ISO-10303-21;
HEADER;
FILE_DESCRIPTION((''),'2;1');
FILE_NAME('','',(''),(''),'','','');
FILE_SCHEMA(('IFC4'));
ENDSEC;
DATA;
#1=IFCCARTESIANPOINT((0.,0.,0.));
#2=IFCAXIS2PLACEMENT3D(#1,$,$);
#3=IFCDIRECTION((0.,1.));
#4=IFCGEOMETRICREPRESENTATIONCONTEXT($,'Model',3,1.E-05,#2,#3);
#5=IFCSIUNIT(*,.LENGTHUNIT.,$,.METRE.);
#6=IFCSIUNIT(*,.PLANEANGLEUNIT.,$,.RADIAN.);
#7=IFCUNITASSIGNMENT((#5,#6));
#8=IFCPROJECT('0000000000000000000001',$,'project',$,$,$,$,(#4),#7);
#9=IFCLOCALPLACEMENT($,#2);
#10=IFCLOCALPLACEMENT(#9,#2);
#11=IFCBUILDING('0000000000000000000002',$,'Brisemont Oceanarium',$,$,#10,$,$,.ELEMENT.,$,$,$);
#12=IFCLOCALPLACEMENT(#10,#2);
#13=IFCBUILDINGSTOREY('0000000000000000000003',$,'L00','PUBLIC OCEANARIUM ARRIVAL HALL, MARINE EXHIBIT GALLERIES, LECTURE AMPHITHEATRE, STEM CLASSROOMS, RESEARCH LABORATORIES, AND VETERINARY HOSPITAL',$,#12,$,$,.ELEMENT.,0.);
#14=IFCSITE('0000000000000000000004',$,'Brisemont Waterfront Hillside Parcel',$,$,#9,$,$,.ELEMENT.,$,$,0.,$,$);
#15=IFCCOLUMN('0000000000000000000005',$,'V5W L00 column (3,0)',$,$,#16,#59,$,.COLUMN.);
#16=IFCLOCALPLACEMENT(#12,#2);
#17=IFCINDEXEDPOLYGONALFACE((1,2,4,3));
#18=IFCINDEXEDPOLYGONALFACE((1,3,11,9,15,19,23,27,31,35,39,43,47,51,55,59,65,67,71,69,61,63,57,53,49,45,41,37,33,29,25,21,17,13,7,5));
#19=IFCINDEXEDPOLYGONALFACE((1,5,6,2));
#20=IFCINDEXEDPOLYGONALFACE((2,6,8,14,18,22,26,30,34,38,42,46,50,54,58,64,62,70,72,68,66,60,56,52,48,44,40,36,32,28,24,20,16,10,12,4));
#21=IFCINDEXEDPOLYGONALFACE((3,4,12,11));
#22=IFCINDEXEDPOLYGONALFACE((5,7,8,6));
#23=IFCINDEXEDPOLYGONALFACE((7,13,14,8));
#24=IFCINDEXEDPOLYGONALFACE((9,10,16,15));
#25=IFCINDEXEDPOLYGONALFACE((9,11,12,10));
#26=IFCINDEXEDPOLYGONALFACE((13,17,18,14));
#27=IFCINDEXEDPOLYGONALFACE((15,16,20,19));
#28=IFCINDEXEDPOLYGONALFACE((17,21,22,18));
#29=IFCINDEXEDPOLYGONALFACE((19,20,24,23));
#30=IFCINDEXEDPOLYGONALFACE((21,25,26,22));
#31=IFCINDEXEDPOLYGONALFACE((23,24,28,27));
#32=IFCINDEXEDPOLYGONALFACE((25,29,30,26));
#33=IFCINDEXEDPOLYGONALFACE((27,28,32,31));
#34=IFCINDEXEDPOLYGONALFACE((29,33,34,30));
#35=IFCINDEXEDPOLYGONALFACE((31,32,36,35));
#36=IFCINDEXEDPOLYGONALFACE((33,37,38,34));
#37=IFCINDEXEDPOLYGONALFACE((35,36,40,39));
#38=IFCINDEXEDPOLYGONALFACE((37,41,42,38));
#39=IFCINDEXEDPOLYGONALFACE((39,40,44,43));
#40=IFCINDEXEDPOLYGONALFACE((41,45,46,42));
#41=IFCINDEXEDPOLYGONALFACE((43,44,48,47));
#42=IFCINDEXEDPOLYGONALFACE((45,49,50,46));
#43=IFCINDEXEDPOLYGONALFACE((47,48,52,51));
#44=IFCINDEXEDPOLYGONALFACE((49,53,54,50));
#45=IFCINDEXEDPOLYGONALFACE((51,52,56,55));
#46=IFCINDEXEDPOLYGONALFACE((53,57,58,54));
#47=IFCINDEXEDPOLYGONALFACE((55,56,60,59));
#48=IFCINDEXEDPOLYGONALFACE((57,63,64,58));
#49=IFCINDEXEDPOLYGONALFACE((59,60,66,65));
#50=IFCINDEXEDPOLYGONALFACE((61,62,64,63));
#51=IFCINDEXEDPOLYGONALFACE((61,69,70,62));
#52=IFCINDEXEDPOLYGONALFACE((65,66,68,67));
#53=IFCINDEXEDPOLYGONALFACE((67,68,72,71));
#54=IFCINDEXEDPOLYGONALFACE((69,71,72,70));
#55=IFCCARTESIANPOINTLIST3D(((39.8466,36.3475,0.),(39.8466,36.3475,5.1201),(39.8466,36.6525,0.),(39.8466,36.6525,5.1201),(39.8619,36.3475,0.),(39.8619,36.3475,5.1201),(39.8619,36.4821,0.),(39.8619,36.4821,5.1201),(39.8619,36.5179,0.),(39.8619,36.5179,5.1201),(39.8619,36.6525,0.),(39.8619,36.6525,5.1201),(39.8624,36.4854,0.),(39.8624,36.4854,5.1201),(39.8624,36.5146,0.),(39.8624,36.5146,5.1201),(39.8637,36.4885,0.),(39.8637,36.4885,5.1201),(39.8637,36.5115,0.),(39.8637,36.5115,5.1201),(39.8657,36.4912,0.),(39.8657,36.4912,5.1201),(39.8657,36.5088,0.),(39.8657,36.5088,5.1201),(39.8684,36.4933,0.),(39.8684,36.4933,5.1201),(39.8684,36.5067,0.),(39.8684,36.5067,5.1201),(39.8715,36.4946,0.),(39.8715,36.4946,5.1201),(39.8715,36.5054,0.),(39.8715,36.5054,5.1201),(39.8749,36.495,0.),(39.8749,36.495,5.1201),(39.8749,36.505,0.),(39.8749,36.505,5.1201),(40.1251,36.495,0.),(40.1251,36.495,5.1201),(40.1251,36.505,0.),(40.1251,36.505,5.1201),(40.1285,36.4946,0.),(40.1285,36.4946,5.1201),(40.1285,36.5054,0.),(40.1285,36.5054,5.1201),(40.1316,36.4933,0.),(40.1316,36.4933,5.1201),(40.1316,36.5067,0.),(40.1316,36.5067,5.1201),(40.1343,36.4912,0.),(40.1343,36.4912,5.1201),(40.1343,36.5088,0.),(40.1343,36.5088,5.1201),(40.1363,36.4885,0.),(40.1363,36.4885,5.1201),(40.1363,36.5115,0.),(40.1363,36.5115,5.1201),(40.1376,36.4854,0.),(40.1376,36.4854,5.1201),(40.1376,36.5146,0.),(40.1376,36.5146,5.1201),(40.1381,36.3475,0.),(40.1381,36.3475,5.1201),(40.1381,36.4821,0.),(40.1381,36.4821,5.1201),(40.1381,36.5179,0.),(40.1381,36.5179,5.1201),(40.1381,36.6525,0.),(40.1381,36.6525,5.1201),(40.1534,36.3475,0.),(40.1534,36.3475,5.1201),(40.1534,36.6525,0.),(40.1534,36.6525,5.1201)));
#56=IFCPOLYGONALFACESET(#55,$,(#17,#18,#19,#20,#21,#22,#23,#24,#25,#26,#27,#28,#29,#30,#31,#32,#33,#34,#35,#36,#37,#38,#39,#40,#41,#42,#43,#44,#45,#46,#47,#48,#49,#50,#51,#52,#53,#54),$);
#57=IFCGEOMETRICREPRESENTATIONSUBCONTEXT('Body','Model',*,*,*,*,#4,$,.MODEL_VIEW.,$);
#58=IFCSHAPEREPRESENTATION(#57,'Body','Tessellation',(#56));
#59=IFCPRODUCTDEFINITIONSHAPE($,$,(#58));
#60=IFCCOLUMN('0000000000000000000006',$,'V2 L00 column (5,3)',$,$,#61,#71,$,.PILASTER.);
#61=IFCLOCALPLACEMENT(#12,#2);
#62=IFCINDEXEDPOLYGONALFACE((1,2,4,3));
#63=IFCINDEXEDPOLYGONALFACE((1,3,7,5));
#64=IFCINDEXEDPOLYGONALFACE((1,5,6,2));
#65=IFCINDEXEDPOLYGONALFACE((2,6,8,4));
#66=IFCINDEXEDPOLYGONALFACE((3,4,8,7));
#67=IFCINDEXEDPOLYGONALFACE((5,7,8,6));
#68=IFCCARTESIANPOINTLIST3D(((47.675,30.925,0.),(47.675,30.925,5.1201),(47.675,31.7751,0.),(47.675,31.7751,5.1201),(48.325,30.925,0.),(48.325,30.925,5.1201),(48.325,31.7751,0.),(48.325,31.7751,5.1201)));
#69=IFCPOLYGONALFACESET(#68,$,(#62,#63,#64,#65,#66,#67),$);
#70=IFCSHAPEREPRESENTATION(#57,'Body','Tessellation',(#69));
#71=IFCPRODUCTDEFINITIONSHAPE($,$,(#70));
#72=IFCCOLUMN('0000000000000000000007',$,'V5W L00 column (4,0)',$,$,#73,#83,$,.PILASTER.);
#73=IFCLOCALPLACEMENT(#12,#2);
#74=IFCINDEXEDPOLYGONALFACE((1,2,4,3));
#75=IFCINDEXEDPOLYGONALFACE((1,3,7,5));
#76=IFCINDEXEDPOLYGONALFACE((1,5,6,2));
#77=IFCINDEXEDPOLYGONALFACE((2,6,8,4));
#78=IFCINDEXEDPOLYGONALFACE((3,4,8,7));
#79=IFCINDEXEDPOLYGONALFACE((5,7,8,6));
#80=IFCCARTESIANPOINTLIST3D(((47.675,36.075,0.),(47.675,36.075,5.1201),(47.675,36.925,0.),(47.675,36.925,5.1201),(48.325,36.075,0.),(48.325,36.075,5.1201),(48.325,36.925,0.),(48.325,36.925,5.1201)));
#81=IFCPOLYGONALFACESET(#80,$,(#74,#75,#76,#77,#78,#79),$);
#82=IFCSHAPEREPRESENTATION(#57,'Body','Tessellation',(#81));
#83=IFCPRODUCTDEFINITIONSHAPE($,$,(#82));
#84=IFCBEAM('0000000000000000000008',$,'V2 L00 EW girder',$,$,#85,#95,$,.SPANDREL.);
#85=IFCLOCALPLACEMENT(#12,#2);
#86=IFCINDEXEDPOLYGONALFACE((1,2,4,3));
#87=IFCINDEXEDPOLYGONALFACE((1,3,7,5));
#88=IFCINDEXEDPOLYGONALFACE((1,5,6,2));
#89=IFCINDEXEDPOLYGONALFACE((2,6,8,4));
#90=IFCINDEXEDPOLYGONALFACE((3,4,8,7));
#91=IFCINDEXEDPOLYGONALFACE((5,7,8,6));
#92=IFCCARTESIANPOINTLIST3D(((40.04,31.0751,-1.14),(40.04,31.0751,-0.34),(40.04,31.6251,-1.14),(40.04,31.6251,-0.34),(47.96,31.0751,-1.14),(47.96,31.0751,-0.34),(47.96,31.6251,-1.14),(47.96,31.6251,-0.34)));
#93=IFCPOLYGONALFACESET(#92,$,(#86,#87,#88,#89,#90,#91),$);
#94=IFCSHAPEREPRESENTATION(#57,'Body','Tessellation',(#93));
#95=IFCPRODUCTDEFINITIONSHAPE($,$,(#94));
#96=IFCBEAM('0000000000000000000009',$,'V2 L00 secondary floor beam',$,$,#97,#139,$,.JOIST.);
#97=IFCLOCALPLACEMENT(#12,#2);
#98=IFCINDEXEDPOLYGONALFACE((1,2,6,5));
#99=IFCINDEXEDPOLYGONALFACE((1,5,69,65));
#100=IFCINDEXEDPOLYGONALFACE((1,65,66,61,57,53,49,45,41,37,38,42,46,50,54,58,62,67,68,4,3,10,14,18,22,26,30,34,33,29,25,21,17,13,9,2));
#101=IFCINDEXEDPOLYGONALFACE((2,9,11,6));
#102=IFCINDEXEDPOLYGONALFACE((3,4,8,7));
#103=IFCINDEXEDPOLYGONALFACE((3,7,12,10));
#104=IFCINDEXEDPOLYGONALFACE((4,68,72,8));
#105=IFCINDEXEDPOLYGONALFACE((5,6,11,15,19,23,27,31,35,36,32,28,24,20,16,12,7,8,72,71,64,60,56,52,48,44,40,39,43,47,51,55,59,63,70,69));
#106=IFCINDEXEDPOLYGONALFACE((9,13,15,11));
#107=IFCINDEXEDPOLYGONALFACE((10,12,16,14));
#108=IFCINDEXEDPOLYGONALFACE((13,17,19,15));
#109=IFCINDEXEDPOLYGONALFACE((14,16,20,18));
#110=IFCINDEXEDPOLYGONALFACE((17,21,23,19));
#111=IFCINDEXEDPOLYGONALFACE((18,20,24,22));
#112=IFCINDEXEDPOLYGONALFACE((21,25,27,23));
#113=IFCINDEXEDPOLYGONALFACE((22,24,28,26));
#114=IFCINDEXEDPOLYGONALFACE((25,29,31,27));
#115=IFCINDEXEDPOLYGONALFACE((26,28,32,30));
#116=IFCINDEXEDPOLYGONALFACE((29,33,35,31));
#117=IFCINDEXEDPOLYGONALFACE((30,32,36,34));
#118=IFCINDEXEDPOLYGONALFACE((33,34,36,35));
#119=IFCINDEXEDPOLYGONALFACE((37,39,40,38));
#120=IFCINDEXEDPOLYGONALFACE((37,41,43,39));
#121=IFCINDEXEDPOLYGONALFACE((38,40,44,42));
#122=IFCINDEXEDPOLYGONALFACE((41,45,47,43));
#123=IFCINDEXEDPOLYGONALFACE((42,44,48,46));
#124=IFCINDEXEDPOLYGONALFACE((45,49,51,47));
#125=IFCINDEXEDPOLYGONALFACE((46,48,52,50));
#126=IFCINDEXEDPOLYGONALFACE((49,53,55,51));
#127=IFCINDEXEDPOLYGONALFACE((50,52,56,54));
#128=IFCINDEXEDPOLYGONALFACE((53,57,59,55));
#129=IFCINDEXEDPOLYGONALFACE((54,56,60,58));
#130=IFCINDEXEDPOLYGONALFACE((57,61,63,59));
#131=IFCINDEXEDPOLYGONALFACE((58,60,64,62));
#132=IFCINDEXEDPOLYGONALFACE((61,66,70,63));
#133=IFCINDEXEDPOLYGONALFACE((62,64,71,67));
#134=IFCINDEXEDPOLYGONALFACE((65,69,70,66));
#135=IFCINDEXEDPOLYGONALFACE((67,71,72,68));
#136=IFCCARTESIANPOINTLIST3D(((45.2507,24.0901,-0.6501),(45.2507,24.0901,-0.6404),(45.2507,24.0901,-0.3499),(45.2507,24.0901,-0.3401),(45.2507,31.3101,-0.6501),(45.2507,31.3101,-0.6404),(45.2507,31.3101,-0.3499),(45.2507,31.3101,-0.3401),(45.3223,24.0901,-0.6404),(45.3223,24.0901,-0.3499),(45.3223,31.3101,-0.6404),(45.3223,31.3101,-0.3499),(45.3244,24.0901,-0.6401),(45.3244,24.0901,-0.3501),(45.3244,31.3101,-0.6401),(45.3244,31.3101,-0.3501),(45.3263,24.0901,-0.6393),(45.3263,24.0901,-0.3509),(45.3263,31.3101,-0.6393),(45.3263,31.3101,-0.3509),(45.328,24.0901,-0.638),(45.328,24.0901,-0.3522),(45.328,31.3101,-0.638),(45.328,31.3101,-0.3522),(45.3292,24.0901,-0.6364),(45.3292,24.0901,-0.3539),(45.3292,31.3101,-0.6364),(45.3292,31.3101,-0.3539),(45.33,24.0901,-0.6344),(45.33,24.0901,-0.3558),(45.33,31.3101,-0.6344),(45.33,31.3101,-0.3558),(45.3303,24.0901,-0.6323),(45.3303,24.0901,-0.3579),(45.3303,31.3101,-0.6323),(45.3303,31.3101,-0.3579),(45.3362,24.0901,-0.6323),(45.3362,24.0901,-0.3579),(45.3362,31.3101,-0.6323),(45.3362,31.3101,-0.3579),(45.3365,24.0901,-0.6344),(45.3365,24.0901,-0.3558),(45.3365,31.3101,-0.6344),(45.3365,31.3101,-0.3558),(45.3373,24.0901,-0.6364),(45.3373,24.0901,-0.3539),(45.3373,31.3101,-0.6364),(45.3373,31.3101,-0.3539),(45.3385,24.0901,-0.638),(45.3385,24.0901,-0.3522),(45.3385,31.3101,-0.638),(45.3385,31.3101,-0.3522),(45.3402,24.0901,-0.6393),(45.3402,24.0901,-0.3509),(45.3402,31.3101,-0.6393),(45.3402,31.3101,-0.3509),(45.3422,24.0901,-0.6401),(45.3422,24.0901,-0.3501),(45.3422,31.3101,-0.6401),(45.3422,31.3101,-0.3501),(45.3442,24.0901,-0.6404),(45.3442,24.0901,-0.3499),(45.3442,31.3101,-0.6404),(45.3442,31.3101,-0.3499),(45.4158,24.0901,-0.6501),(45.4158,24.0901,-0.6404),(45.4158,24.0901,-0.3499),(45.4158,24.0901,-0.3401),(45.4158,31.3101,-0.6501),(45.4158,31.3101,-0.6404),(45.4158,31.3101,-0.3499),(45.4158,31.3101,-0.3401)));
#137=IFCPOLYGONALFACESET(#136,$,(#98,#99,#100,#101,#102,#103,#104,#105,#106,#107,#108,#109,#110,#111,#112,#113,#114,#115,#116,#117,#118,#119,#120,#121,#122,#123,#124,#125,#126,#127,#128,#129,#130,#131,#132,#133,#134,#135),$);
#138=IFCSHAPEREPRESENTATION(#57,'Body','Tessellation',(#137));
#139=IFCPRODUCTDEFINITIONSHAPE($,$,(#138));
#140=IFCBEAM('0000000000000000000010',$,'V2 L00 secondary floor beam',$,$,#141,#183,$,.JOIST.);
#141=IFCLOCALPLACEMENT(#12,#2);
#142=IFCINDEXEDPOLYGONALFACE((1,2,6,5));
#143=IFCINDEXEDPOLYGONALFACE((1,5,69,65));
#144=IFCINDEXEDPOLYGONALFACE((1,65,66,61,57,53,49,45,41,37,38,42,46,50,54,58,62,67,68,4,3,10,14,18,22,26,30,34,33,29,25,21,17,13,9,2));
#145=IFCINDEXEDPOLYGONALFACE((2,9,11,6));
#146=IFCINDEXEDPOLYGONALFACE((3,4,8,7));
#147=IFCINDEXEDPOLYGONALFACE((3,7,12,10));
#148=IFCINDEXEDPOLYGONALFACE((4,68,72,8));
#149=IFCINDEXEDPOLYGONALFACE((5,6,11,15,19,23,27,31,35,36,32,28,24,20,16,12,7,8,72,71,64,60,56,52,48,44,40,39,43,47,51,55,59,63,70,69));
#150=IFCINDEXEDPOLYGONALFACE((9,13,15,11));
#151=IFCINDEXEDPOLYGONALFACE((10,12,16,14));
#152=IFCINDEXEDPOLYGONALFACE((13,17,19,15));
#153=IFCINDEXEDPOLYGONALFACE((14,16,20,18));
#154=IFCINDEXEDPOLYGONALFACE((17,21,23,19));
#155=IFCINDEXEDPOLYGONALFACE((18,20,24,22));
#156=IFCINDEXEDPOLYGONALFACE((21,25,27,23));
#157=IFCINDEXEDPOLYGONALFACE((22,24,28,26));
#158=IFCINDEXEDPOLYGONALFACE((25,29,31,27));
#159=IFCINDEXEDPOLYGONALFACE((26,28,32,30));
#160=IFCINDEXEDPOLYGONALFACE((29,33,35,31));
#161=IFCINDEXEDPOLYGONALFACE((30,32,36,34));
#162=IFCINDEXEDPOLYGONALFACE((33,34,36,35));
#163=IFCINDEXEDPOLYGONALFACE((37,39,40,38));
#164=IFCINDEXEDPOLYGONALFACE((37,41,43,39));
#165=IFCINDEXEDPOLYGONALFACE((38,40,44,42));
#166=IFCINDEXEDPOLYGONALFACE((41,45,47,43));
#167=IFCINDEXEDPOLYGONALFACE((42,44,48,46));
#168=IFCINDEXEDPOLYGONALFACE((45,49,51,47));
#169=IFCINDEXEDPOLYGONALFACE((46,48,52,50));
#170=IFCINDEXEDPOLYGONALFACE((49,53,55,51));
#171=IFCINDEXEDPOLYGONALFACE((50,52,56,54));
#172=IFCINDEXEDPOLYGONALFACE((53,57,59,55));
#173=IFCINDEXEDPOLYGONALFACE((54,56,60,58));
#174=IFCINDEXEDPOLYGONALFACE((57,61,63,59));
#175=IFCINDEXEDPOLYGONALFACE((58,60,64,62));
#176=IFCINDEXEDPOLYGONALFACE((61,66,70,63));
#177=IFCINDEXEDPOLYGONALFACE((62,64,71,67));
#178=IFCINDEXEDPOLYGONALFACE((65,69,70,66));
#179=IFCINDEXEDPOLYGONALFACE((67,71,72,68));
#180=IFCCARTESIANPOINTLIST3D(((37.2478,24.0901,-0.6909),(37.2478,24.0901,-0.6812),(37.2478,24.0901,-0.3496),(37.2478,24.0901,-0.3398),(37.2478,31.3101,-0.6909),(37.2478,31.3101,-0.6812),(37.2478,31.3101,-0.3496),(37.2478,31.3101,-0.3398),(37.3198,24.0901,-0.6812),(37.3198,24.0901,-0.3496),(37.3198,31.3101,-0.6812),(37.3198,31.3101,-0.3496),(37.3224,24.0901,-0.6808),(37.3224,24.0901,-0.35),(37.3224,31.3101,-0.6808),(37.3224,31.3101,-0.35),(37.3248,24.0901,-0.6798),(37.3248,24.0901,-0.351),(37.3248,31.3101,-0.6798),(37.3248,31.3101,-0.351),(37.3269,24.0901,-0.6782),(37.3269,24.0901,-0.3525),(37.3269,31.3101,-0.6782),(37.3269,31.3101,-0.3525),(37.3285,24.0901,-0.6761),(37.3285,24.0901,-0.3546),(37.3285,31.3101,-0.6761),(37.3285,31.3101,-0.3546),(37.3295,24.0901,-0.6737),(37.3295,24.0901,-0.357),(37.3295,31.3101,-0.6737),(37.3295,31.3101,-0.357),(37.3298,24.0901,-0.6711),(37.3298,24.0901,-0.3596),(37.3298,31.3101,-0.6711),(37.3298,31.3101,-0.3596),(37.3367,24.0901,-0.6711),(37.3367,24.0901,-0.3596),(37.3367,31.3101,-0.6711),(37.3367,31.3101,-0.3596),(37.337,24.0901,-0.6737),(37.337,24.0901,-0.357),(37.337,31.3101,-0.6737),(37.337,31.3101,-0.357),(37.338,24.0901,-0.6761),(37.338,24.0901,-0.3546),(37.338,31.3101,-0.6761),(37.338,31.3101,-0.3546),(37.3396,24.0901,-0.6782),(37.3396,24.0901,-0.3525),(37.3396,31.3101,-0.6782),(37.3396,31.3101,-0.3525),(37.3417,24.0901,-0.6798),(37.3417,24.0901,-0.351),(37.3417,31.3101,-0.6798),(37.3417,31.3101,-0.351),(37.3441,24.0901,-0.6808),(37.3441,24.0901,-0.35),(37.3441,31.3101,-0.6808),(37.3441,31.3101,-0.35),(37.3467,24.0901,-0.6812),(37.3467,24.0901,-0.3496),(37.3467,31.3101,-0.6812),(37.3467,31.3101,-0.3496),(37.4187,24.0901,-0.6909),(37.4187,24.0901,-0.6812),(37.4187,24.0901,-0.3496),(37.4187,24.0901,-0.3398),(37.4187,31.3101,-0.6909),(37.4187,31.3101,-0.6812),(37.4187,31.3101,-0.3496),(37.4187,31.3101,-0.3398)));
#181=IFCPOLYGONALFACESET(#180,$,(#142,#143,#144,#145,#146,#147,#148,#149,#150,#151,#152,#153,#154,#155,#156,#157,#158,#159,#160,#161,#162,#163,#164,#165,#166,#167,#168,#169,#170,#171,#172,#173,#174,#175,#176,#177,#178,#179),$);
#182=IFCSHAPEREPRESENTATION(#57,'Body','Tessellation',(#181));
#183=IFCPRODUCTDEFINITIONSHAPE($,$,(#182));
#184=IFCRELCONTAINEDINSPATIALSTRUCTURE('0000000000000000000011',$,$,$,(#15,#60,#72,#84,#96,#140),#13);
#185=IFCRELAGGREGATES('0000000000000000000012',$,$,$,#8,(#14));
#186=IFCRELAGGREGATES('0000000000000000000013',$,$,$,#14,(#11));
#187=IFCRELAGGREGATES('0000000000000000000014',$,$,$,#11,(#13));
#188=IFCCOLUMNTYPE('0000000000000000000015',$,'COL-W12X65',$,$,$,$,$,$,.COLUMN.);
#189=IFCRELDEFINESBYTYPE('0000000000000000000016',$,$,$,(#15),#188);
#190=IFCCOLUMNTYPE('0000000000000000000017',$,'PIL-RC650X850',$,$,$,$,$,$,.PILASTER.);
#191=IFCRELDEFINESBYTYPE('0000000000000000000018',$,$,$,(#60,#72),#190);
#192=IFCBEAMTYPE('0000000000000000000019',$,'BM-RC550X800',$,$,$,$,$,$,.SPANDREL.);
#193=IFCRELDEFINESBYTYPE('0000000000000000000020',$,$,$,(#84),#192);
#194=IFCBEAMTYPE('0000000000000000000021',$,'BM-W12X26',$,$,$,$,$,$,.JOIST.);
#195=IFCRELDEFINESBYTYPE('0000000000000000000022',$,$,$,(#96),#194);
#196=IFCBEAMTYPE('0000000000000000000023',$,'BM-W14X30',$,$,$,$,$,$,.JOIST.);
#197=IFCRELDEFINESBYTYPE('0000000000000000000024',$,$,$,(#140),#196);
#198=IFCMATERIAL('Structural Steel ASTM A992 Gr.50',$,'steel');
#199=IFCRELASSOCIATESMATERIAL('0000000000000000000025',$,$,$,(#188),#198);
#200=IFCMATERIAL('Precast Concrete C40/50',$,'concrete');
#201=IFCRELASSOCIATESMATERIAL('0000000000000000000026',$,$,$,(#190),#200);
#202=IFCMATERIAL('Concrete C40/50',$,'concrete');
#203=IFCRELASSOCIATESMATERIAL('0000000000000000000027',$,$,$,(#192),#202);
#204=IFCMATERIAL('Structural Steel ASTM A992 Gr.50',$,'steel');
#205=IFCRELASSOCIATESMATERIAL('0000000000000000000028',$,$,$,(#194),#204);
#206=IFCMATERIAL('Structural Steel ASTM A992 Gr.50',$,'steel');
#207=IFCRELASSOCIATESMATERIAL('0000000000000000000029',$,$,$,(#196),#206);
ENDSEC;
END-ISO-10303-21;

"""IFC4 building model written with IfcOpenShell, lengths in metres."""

from ifc_helpers import new_model, si_unit, direction, frame, origin, origin_2d, place, context, subcontext, project, spatial, rectangle, i_section, extrude, material, material_profile, profile_set, type_object, element, save


model = new_model("IFC4")

# Units and contexts
model_context = context("Model", 3, precision=1e-05, world=origin(), true_north=direction((0.0, 1.0)))
body_context = subcontext(model_context, "Body", "Model", "MODEL_VIEW")
ifc_project = project(units=[si_unit("LENGTHUNIT", "METRE"), si_unit("PLANEANGLEUNIT", "RADIAN")], contexts=[model_context])

# Site, building, storey
site_placement = place(None, origin())
site = spatial("IfcSite", under=ifc_project, at=site_placement, Name="Brisemont Waterfront Hillside Parcel", CompositionType="ELEMENT", RefElevation=0.0)
building_placement = place(site_placement, origin())
building = spatial("IfcBuilding", under=site, at=building_placement, Name="Brisemont Oceanarium", CompositionType="ELEMENT")
storey_placement = place(building_placement, origin())
storey = spatial("IfcBuildingStorey", under=building, at=storey_placement, Name="L00", Description="PUBLIC OCEANARIUM ARRIVAL HALL, MARINE EXHIBIT GALLERIES, LECTURE AMPHITHEATRE, STEM CLASSROOMS, RESEARCH LABORATORIES, AND VETERINARY HOSPITAL", CompositionType="ELEMENT", Elevation=0.0)

# Columns
ifc_material_1 = material(Name="Structural Steel ASTM A992 Gr.50", Category="steel")
ifc_material_profile_1 = material_profile(ifc_material_1, i_section(OverallWidth=0.3049, OverallDepth=0.3069, WebThickness=0.01, FlangeThickness=0.0154, FilletRadius=0.0129, at=origin_2d()), Name="W12X65")
ifc_profile_set_1 = profile_set([ifc_material_profile_1], Name="Structural Steel ASTM A992 Gr.50")
column_type_1 = type_object("IfcColumnType", Name="COL-W12X65", PredefinedType="COLUMN", material=ifc_profile_set_1)
column_1_placement = place(storey_placement, frame((40.0, 36.5, 0.0), z_axis=(0.0, 0.0, 1.0), x_axis=(0.0, 1.0, 0.0)))
element("IfcColumn", 1, at=column_1_placement, inside=storey, type_object=column_type_1, Name="V5W L00 column (3,0)", PredefinedType="COLUMN", context=body_context, shape_type="SweptSolid", body=[
    extrude(i_section(OverallWidth=0.3049, OverallDepth=0.3069, WebThickness=0.01, FlangeThickness=0.0154, FilletRadius=0.0129, at=origin_2d()), origin(), (0.0, 0.0, 1.0), 5.1201),
])
ifc_material_2 = material(Name="Precast Concrete C40/50", Category="concrete")
ifc_material_profile_2 = material_profile(ifc_material_2, rectangle(XDim=0.6499, YDim=0.8501, at=origin_2d()), Name="RC-PIL-650X850")
ifc_profile_set_2 = profile_set([ifc_material_profile_2], Name="Precast Concrete C40/50")
column_type_2 = type_object("IfcColumnType", Name="PIL-RC650X850", PredefinedType="PILASTER", material=ifc_profile_set_2)
for number, where, z_axis, x_axis, name in (
    (2, (48.0, 31.3501, 0.0), (0.0, 0.0, 1.0), (1.0, 0.0, 0.0), "V2 L00 column (5,3)"),
    (3, (48.0, 36.5, 0.0), (0.0, 0.0, 1.0), (1.0, 0.0, 0.0), "V5W L00 column (4,0)"),
):
    element("IfcColumn", number, at=place(storey_placement, frame(where, z_axis=z_axis, x_axis=x_axis)), inside=storey, type_object=column_type_2, Name=name, PredefinedType="PILASTER", context=body_context, shape_type="SweptSolid", body=[
        extrude(rectangle(XDim=0.6499, YDim=0.8501, at=origin_2d()), origin(), (0.0, 0.0, 1.0), 5.1201),
    ])

# Beams
ifc_material_3 = material(Name="Concrete C40/50", Category="concrete")
ifc_material_profile_3 = material_profile(ifc_material_3, rectangle(XDim=0.55, YDim=0.8, at=origin_2d()), Name="RC-BM-550X800")
ifc_profile_set_3 = profile_set([ifc_material_profile_3], Name="Concrete C40/50")
beam_type_1 = type_object("IfcBeamType", Name="BM-RC550X800", PredefinedType="SPANDREL", material=ifc_profile_set_3)
beam_1_placement = place(storey_placement, frame((40.04, 31.3501, -0.74), z_axis=(1.0, 0.0, 0.0), x_axis=(0.0, 1.0, 0.0)))
element("IfcBeam", 4, at=beam_1_placement, inside=storey, type_object=beam_type_1, Name="V2 L00 EW girder", PredefinedType="SPANDREL", context=body_context, shape_type="SweptSolid", body=[
    extrude(rectangle(XDim=0.55, YDim=0.8, at=origin_2d()), origin(), (0.0, 0.0, 1.0), 7.9199),
])
ifc_material_4 = material(Name="Structural Steel ASTM A992 Gr.50", Category="steel")
ifc_material_profile_4 = material_profile(ifc_material_4, i_section(OverallWidth=0.165, OverallDepth=0.3101, WebThickness=0.0059, FlangeThickness=0.0098, FilletRadius=0.0081, at=origin_2d()), Name="W12X26")
ifc_profile_set_4 = profile_set([ifc_material_profile_4], Name="Structural Steel ASTM A992 Gr.50")
beam_type_2 = type_object("IfcBeamType", Name="BM-W12X26", PredefinedType="JOIST", material=ifc_profile_set_4)
beam_2_placement = place(storey_placement, frame((45.3333, 24.0901, -0.4951), z_axis=(0.0, 1.0, 0.0), x_axis=(-1.0, 0.0, 0.0)))
element("IfcBeam", 5, at=beam_2_placement, inside=storey, type_object=beam_type_2, Name="V2 L00 secondary floor beam", PredefinedType="JOIST", context=body_context, shape_type="SweptSolid", body=[
    extrude(i_section(OverallWidth=0.165, OverallDepth=0.3101, WebThickness=0.0059, FlangeThickness=0.0098, FilletRadius=0.0081, at=origin_2d()), origin(), (0.0, 0.0, 1.0), 7.22),
])
ifc_material_5 = material(Name="Structural Steel ASTM A992 Gr.50", Category="steel")
ifc_material_profile_5 = material_profile(ifc_material_5, i_section(OverallWidth=0.1709, OverallDepth=0.3511, WebThickness=0.0068, FlangeThickness=0.0098, FilletRadius=0.01, at=origin_2d()), Name="W14X30")
ifc_profile_set_5 = profile_set([ifc_material_profile_5], Name="Structural Steel ASTM A992 Gr.50")
beam_type_3 = type_object("IfcBeamType", Name="BM-W14X30", PredefinedType="JOIST", material=ifc_profile_set_5)
for number, where, z_axis, x_axis, name in (
    (6, (37.3333, 24.0901, -0.5154), (0.0, 1.0, 0.0), (-1.0, 0.0, 0.0), "V2 L00 secondary floor beam"),
):
    element("IfcBeam", number, at=place(storey_placement, frame(where, z_axis=z_axis, x_axis=x_axis)), inside=storey, type_object=beam_type_3, Name=name, PredefinedType="JOIST", context=body_context, shape_type="SweptSolid", body=[
        extrude(i_section(OverallWidth=0.1709, OverallDepth=0.3511, WebThickness=0.0068, FlangeThickness=0.0098, FilletRadius=0.01, at=origin_2d()), origin(), (0.0, 0.0, 1.0), 7.22),
    ])

save(model, "model.ifc")
